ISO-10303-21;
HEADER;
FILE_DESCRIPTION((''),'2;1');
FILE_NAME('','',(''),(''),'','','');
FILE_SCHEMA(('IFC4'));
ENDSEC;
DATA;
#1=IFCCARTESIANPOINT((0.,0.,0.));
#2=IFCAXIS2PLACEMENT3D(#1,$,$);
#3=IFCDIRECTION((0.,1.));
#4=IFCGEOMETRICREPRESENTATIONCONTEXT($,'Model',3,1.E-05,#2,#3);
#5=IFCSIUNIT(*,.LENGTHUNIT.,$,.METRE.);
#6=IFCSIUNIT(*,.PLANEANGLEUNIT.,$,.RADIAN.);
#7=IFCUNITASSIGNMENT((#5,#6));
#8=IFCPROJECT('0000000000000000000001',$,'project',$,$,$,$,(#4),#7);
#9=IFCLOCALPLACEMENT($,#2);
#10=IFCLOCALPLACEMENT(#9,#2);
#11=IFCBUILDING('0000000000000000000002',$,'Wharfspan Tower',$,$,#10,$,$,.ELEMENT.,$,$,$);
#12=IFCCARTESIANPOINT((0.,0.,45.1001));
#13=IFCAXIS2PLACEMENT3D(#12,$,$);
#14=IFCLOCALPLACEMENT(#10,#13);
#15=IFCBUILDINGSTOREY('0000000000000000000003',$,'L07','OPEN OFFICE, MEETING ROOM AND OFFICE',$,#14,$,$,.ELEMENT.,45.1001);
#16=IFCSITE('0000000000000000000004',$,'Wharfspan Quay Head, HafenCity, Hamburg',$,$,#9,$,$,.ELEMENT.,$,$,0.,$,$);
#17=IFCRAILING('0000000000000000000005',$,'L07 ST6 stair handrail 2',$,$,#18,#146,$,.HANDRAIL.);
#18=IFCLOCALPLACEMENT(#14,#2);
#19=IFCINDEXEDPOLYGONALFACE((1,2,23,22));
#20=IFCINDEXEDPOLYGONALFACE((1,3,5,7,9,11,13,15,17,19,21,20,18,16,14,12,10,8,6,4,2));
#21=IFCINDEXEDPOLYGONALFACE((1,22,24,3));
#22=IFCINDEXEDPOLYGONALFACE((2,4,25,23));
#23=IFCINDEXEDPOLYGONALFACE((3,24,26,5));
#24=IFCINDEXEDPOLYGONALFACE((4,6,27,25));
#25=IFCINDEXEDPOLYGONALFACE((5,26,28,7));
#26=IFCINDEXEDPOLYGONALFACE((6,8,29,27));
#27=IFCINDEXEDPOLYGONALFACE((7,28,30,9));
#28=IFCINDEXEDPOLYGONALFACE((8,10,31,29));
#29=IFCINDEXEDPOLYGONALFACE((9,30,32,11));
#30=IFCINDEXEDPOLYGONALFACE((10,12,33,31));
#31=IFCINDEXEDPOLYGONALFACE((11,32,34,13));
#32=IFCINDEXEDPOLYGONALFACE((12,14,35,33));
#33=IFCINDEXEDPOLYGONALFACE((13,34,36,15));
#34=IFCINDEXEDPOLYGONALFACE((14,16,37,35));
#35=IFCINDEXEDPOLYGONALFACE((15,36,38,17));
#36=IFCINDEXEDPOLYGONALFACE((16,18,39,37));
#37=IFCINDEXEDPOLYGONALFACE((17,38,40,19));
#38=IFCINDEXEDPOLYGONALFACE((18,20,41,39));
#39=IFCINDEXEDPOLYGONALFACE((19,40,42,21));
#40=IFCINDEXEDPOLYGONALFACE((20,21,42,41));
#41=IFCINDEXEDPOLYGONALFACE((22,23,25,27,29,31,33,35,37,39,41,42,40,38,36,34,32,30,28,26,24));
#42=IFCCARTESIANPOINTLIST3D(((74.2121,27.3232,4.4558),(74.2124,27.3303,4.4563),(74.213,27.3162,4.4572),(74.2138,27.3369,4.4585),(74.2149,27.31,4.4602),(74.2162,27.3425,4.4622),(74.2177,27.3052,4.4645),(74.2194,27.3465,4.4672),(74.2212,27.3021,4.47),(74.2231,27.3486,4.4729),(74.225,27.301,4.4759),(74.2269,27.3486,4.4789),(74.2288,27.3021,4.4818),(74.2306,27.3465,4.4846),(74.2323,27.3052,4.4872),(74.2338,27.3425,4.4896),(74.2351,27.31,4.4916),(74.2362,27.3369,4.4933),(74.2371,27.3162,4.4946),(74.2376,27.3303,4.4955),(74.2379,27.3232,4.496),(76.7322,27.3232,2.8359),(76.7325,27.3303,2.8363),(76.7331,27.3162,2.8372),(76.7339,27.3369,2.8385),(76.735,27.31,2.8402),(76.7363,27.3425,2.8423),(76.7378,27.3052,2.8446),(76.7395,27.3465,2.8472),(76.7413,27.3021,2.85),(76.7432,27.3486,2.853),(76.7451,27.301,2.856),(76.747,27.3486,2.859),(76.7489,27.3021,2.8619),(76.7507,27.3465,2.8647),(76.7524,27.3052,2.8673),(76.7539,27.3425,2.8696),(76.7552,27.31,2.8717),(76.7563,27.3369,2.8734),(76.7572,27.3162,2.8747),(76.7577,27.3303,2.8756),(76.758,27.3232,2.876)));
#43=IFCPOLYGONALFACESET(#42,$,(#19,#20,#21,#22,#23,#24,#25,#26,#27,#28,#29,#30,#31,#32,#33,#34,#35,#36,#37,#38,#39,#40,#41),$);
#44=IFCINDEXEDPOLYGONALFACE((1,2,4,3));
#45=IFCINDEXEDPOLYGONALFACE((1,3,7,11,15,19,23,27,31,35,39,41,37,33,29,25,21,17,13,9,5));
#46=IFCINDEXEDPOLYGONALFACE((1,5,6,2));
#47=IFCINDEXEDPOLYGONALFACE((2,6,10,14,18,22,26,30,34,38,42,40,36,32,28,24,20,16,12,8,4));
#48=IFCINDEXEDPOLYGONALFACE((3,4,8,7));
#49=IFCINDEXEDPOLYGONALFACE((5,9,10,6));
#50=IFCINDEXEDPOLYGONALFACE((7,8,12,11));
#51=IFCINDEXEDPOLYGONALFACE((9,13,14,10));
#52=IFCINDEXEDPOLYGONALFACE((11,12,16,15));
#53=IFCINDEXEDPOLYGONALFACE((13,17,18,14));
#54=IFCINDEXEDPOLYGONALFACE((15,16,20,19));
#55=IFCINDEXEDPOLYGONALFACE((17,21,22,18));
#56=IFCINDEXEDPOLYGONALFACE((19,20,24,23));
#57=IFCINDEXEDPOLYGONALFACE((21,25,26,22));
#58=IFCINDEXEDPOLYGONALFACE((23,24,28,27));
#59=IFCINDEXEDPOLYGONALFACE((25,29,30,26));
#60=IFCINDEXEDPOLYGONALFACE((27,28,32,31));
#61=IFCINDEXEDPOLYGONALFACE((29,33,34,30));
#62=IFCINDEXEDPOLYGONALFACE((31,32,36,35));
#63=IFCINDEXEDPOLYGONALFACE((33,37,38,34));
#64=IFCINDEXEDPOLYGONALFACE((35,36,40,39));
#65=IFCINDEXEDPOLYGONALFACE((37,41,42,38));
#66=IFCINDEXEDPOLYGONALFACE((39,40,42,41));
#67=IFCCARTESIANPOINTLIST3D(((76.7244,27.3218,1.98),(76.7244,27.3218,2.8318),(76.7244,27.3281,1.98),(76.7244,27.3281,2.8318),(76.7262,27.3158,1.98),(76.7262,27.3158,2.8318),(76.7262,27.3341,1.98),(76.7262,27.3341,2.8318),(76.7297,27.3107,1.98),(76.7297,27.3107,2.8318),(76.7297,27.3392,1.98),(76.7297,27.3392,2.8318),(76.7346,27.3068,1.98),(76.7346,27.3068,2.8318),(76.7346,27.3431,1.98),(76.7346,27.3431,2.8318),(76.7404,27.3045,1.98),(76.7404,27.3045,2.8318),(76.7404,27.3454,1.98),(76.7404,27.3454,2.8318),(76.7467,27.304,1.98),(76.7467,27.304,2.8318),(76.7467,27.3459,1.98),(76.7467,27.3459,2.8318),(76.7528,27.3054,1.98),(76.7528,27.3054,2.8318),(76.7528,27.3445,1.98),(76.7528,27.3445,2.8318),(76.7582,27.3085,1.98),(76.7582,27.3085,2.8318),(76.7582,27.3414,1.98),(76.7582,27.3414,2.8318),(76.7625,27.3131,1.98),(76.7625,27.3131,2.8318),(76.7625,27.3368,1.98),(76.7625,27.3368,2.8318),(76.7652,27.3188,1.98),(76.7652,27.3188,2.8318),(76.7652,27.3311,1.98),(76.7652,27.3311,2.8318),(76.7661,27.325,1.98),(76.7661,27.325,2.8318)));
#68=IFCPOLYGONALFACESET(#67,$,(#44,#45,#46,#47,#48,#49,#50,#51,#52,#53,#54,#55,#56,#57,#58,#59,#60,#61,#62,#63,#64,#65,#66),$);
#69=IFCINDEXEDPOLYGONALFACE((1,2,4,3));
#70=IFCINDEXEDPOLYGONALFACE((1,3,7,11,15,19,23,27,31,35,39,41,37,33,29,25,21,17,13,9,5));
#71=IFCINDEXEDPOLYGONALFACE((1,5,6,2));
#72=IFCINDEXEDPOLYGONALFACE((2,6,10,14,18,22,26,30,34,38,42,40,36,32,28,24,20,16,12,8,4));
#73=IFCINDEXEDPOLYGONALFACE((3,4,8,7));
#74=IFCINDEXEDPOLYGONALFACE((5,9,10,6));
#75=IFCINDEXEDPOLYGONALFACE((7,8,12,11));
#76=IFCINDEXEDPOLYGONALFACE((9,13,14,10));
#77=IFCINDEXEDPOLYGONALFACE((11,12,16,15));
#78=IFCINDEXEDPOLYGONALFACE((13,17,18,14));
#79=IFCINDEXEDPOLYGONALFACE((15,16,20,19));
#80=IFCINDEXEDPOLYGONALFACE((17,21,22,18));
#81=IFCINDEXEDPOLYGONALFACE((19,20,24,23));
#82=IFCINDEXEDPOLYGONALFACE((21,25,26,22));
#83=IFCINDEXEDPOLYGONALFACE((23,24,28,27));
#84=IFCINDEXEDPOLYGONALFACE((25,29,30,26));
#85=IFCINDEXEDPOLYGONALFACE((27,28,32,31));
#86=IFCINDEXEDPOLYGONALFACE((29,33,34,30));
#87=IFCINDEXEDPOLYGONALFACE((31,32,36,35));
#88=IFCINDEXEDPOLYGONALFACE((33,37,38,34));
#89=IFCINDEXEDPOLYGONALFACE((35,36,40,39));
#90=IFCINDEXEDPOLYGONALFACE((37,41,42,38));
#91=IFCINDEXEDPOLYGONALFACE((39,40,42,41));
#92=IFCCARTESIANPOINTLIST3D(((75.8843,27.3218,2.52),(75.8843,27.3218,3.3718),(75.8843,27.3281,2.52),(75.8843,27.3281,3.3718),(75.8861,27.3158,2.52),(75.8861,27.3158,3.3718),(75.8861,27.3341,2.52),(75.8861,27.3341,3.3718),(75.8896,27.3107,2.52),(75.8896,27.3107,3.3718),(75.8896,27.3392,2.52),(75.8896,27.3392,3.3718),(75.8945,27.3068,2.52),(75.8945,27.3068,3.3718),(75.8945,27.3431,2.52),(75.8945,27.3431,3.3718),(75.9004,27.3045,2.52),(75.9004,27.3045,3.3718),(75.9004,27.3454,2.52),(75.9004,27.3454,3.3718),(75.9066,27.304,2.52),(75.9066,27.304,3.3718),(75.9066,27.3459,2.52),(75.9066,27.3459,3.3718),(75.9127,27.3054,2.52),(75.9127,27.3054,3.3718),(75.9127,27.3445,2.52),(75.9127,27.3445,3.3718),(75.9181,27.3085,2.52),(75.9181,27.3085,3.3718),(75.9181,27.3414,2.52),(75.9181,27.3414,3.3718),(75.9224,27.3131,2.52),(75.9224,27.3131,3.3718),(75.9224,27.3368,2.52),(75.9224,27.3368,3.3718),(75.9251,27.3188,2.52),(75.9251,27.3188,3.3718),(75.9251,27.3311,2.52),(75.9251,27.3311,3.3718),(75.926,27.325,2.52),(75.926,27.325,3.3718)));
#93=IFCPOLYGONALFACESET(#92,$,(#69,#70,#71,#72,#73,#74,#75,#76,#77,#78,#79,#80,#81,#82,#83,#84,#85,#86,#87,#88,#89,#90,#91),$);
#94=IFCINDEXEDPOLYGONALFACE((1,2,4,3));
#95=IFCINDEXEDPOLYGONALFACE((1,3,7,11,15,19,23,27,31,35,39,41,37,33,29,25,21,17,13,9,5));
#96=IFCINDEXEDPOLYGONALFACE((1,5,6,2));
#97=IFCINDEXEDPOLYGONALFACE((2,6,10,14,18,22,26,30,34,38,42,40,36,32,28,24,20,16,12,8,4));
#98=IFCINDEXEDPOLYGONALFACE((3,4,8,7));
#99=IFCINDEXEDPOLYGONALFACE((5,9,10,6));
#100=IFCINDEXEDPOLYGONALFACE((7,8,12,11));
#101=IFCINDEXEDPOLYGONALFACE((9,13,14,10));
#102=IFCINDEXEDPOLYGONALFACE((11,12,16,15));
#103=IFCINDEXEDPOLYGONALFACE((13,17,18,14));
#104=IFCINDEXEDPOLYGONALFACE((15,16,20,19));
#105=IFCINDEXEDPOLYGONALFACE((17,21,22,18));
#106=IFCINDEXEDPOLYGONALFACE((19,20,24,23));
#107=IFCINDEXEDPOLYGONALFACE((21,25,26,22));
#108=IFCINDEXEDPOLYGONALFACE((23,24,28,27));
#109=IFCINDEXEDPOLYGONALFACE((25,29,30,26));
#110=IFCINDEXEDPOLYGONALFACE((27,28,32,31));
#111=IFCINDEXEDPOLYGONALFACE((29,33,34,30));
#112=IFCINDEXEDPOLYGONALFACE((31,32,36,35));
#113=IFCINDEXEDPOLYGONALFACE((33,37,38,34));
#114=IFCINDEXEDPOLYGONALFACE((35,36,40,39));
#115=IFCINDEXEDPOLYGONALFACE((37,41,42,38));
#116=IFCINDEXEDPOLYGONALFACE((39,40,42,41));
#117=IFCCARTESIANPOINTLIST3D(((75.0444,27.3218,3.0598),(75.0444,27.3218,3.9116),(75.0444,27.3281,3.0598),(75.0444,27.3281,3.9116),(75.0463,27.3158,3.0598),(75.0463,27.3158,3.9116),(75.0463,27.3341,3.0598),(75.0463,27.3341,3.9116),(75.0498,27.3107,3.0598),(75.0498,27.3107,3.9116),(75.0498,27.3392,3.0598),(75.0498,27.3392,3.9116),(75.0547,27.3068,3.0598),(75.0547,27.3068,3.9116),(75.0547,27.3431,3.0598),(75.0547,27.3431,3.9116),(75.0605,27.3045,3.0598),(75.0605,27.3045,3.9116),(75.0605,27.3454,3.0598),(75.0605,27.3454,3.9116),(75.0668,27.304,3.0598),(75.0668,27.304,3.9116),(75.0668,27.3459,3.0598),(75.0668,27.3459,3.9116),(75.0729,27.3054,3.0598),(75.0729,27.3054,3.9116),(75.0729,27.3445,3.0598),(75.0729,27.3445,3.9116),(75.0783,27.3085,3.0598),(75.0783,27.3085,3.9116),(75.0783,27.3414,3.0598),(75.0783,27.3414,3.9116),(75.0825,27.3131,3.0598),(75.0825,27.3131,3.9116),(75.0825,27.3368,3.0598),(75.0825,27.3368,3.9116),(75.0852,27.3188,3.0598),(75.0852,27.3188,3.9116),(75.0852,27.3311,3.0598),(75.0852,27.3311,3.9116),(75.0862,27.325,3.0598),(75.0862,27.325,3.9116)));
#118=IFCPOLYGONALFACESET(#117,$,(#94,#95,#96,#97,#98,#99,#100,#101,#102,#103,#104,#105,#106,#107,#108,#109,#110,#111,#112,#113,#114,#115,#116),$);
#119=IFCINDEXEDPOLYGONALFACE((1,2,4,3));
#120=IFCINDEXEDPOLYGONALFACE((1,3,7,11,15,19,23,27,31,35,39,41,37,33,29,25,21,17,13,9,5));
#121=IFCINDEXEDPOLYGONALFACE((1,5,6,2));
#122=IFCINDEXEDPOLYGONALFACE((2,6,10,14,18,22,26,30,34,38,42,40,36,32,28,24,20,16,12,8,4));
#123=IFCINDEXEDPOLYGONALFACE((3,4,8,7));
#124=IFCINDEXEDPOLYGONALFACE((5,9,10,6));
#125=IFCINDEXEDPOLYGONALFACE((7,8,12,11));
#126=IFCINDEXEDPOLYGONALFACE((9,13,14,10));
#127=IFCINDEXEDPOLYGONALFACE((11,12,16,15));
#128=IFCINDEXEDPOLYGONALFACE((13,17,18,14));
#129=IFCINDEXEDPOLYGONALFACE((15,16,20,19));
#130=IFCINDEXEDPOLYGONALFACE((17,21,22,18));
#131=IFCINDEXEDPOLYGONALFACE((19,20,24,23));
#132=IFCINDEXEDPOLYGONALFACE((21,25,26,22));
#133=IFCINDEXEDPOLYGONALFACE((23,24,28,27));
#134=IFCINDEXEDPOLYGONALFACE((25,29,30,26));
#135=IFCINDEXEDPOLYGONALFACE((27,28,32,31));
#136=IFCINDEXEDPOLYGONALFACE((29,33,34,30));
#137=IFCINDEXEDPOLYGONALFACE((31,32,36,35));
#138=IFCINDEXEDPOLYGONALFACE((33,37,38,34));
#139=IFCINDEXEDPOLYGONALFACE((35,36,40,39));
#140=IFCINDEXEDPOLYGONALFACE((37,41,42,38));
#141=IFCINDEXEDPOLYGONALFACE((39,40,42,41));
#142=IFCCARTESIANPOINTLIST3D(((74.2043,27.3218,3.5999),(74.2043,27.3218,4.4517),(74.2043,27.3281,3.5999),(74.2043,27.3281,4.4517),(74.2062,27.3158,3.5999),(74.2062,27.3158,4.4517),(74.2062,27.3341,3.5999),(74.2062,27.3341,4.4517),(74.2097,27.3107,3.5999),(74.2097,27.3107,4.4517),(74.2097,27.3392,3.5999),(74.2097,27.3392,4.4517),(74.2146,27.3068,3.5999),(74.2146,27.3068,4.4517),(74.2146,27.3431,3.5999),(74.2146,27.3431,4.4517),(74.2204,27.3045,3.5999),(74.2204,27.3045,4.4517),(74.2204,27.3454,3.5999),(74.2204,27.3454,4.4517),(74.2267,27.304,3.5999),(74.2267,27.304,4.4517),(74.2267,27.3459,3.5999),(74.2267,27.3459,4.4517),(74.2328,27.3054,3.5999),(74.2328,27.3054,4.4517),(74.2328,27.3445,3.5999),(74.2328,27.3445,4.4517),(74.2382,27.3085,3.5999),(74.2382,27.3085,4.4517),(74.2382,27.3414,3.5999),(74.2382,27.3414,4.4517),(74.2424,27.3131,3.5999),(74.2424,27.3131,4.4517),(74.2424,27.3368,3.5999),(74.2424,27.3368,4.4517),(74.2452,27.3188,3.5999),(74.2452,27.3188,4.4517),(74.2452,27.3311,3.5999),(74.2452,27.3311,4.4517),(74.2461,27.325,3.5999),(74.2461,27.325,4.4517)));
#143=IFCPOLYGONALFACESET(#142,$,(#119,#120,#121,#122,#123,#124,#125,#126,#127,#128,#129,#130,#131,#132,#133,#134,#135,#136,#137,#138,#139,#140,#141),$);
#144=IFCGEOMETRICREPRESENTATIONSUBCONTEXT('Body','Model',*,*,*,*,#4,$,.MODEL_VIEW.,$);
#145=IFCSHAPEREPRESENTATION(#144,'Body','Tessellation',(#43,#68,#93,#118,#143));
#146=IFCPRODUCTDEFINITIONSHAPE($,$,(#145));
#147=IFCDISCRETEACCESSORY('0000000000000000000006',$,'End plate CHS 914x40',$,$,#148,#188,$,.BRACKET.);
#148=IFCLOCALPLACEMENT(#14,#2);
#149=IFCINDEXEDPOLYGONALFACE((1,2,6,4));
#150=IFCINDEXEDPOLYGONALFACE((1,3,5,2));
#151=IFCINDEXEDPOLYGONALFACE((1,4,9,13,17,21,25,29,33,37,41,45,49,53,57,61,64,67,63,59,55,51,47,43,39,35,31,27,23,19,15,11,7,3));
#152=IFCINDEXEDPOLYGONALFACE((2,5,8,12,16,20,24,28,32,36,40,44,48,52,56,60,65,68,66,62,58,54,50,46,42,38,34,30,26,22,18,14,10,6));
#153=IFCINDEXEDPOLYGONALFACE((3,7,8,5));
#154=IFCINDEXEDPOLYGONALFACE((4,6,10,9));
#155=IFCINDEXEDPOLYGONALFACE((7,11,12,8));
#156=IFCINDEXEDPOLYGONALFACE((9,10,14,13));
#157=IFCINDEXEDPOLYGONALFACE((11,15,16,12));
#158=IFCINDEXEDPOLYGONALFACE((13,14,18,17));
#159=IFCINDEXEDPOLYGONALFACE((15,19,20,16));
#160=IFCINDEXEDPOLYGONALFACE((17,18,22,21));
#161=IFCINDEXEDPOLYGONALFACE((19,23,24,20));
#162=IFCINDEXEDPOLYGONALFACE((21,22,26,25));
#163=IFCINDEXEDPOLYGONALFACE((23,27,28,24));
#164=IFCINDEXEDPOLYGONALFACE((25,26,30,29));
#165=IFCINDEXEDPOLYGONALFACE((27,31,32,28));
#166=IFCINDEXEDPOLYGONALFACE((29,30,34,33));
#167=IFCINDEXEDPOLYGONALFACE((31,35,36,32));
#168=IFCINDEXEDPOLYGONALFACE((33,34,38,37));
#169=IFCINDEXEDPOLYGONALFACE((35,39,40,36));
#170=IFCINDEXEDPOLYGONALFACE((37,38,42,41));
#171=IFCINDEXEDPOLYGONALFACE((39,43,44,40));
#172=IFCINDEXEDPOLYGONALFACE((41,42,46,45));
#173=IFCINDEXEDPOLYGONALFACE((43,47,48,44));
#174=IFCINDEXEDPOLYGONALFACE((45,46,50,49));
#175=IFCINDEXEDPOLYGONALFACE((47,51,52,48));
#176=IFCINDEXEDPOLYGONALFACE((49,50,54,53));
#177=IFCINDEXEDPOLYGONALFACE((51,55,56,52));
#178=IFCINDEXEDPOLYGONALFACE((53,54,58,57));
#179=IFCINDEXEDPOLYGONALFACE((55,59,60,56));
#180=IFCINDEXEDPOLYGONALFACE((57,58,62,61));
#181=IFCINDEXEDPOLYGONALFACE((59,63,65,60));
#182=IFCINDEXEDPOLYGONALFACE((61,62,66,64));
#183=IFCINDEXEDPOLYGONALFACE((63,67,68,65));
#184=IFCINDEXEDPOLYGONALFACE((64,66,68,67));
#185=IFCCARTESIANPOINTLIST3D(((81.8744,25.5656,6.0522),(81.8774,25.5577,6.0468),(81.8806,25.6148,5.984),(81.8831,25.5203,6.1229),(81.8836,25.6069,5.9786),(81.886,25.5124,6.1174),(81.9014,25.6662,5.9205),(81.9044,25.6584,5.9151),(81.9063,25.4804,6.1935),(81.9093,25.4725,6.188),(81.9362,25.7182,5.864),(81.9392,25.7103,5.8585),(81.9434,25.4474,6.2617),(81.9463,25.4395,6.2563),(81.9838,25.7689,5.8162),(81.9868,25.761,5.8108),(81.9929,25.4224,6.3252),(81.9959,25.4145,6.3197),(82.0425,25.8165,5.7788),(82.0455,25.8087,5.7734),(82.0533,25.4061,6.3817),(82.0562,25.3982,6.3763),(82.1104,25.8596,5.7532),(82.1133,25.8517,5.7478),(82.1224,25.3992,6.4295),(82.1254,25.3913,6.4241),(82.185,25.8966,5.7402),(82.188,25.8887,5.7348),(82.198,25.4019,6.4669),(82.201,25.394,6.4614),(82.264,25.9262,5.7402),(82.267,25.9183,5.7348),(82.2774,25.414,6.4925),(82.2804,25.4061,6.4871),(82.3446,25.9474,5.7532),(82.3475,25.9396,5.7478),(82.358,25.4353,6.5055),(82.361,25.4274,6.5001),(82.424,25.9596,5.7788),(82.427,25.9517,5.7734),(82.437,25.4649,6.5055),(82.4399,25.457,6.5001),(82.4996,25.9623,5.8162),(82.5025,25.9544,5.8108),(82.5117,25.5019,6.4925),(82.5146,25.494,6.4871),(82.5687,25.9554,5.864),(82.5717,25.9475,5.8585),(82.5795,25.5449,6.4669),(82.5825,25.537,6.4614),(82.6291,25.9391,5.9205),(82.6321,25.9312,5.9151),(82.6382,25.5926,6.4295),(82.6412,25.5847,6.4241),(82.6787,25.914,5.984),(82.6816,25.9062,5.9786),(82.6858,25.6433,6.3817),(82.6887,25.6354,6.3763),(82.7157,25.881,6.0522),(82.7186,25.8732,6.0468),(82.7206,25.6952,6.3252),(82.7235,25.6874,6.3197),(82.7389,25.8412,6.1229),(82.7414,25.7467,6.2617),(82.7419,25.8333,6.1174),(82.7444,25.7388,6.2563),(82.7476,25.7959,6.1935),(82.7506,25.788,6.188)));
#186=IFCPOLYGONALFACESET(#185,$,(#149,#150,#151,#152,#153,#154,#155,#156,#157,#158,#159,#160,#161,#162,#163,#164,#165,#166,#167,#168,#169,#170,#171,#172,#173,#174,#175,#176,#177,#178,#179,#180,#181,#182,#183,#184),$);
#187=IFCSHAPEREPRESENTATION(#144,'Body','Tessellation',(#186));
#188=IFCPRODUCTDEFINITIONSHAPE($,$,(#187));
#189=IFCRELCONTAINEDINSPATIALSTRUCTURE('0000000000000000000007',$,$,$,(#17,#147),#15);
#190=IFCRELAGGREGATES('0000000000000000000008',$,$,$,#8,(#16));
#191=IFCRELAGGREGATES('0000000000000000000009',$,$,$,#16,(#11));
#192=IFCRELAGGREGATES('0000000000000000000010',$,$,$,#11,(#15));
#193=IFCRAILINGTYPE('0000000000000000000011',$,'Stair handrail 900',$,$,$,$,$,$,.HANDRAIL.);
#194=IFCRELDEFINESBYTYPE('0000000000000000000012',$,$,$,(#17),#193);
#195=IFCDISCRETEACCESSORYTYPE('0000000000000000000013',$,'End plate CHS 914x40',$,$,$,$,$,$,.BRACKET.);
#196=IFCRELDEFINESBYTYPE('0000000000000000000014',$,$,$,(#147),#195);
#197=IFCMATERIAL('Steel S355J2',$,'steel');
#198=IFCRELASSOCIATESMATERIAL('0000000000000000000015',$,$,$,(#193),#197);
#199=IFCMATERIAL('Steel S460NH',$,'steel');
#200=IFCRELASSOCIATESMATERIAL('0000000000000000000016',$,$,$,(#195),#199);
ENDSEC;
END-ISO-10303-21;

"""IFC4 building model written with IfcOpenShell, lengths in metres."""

from ifc_helpers import new_model, si_unit, direction, frame, origin, origin_2d, place, context, subcontext, project, spatial, circle, extrude, material, material_profile, profile_set, type_object, element, save


model = new_model("IFC4")

# Units and contexts
model_context = context("Model", 3, precision=1e-05, world=origin(), true_north=direction((0.0, 1.0)))
body_context = subcontext(model_context, "Body", "Model", "MODEL_VIEW")
ifc_project = project(units=[si_unit("LENGTHUNIT", "METRE"), si_unit("PLANEANGLEUNIT", "RADIAN")], contexts=[model_context])

# Site, building, storey
site_placement = place(None, origin())
site = spatial("IfcSite", under=ifc_project, at=site_placement, Name="Wharfspan Quay Head, HafenCity, Hamburg", CompositionType="ELEMENT", RefElevation=0.0)
building_placement = place(site_placement, origin())
building = spatial("IfcBuilding", under=site, at=building_placement, Name="Wharfspan Tower", CompositionType="ELEMENT")
storey_placement = place(building_placement, frame((0.0, 0.0, 45.1001)))
storey = spatial("IfcBuildingStorey", under=building, at=storey_placement, Name="L07", Description="OPEN OFFICE, MEETING ROOM AND OFFICE", CompositionType="ELEMENT", Elevation=45.1001)

# Shared definitions
ifc_material_1 = material(Name="Steel S355J2", Category="steel")

# Shared definitions
ifc_material_2 = material(Name="Steel S460NH", Category="steel")

# Railing
railing_type = type_object("IfcRailingType", Name="Stair handrail 900", PredefinedType="HANDRAIL", material=ifc_material_1)
railing_placement = place(storey_placement, frame((76.7451, 27.325, 1.98)))
element("IfcRailing", 1, at=railing_placement, inside=storey, type_object=railing_type, Name="L07 ST6 stair handrail 2", PredefinedType="HANDRAIL", context=body_context, shape_type="SweptSolid", body=[
    extrude(circle(Radius=0.0239, at=origin_2d()), frame((0.0, 0.0, 0.876), z_axis=(-0.8412, 0.0, 0.540725), x_axis=(0.0, -1.0, 0.0)), (0.0, 0.0, 1.0), 2.9958),
    extrude(circle(Radius=0.021, at=origin_2d()), origin(), (0.0, 0.0, 1.0), 0.8518),
    extrude(circle(Radius=0.021, at=origin_2d()), frame((-0.8401, 0.0, 0.54)), (0.0, 0.0, 1.0), 0.8518),
    extrude(circle(Radius=0.021, at=origin_2d()), frame((-1.6799, 0.0, 1.0798)), (0.0, 0.0, 1.0), 0.8518),
    extrude(circle(Radius=0.021, at=origin_2d()), frame((-2.52, 0.0, 1.6199)), (0.0, 0.0, 1.0), 0.8518),
])

# Discrete accessory
ifc_material_profile_1 = material_profile(ifc_material_2, circle(Radius=0.457, at=origin_2d()))
ifc_profile_set_1 = profile_set([ifc_material_profile_1], Name="Steel S460NH")
discrete_accessory_type = type_object("IfcDiscreteAccessoryType", Name="End plate CHS 914x40", PredefinedType="BRACKET", material=ifc_profile_set_1)
for number, where, z_axis, x_axis, name in (
    (2, (82.314, 25.6729, 6.1174), (-0.295241, 0.787309, 0.541275), (-0.936333, -0.351125, 0.0), "End plate CHS 914x40"),
):
    element("IfcDiscreteAccessory", number, at=place(storey_placement, frame(where, z_axis=z_axis, x_axis=x_axis)), inside=storey, type_object=discrete_accessory_type, Name=name, PredefinedType="BRACKET", context=body_context, shape_type="SweptSolid", body=[
        extrude(circle(Radius=0.457, at=origin_2d()), origin(), (0.0, 0.0, 1.0), 0.01),
    ])

save(model, "model.ifc")
